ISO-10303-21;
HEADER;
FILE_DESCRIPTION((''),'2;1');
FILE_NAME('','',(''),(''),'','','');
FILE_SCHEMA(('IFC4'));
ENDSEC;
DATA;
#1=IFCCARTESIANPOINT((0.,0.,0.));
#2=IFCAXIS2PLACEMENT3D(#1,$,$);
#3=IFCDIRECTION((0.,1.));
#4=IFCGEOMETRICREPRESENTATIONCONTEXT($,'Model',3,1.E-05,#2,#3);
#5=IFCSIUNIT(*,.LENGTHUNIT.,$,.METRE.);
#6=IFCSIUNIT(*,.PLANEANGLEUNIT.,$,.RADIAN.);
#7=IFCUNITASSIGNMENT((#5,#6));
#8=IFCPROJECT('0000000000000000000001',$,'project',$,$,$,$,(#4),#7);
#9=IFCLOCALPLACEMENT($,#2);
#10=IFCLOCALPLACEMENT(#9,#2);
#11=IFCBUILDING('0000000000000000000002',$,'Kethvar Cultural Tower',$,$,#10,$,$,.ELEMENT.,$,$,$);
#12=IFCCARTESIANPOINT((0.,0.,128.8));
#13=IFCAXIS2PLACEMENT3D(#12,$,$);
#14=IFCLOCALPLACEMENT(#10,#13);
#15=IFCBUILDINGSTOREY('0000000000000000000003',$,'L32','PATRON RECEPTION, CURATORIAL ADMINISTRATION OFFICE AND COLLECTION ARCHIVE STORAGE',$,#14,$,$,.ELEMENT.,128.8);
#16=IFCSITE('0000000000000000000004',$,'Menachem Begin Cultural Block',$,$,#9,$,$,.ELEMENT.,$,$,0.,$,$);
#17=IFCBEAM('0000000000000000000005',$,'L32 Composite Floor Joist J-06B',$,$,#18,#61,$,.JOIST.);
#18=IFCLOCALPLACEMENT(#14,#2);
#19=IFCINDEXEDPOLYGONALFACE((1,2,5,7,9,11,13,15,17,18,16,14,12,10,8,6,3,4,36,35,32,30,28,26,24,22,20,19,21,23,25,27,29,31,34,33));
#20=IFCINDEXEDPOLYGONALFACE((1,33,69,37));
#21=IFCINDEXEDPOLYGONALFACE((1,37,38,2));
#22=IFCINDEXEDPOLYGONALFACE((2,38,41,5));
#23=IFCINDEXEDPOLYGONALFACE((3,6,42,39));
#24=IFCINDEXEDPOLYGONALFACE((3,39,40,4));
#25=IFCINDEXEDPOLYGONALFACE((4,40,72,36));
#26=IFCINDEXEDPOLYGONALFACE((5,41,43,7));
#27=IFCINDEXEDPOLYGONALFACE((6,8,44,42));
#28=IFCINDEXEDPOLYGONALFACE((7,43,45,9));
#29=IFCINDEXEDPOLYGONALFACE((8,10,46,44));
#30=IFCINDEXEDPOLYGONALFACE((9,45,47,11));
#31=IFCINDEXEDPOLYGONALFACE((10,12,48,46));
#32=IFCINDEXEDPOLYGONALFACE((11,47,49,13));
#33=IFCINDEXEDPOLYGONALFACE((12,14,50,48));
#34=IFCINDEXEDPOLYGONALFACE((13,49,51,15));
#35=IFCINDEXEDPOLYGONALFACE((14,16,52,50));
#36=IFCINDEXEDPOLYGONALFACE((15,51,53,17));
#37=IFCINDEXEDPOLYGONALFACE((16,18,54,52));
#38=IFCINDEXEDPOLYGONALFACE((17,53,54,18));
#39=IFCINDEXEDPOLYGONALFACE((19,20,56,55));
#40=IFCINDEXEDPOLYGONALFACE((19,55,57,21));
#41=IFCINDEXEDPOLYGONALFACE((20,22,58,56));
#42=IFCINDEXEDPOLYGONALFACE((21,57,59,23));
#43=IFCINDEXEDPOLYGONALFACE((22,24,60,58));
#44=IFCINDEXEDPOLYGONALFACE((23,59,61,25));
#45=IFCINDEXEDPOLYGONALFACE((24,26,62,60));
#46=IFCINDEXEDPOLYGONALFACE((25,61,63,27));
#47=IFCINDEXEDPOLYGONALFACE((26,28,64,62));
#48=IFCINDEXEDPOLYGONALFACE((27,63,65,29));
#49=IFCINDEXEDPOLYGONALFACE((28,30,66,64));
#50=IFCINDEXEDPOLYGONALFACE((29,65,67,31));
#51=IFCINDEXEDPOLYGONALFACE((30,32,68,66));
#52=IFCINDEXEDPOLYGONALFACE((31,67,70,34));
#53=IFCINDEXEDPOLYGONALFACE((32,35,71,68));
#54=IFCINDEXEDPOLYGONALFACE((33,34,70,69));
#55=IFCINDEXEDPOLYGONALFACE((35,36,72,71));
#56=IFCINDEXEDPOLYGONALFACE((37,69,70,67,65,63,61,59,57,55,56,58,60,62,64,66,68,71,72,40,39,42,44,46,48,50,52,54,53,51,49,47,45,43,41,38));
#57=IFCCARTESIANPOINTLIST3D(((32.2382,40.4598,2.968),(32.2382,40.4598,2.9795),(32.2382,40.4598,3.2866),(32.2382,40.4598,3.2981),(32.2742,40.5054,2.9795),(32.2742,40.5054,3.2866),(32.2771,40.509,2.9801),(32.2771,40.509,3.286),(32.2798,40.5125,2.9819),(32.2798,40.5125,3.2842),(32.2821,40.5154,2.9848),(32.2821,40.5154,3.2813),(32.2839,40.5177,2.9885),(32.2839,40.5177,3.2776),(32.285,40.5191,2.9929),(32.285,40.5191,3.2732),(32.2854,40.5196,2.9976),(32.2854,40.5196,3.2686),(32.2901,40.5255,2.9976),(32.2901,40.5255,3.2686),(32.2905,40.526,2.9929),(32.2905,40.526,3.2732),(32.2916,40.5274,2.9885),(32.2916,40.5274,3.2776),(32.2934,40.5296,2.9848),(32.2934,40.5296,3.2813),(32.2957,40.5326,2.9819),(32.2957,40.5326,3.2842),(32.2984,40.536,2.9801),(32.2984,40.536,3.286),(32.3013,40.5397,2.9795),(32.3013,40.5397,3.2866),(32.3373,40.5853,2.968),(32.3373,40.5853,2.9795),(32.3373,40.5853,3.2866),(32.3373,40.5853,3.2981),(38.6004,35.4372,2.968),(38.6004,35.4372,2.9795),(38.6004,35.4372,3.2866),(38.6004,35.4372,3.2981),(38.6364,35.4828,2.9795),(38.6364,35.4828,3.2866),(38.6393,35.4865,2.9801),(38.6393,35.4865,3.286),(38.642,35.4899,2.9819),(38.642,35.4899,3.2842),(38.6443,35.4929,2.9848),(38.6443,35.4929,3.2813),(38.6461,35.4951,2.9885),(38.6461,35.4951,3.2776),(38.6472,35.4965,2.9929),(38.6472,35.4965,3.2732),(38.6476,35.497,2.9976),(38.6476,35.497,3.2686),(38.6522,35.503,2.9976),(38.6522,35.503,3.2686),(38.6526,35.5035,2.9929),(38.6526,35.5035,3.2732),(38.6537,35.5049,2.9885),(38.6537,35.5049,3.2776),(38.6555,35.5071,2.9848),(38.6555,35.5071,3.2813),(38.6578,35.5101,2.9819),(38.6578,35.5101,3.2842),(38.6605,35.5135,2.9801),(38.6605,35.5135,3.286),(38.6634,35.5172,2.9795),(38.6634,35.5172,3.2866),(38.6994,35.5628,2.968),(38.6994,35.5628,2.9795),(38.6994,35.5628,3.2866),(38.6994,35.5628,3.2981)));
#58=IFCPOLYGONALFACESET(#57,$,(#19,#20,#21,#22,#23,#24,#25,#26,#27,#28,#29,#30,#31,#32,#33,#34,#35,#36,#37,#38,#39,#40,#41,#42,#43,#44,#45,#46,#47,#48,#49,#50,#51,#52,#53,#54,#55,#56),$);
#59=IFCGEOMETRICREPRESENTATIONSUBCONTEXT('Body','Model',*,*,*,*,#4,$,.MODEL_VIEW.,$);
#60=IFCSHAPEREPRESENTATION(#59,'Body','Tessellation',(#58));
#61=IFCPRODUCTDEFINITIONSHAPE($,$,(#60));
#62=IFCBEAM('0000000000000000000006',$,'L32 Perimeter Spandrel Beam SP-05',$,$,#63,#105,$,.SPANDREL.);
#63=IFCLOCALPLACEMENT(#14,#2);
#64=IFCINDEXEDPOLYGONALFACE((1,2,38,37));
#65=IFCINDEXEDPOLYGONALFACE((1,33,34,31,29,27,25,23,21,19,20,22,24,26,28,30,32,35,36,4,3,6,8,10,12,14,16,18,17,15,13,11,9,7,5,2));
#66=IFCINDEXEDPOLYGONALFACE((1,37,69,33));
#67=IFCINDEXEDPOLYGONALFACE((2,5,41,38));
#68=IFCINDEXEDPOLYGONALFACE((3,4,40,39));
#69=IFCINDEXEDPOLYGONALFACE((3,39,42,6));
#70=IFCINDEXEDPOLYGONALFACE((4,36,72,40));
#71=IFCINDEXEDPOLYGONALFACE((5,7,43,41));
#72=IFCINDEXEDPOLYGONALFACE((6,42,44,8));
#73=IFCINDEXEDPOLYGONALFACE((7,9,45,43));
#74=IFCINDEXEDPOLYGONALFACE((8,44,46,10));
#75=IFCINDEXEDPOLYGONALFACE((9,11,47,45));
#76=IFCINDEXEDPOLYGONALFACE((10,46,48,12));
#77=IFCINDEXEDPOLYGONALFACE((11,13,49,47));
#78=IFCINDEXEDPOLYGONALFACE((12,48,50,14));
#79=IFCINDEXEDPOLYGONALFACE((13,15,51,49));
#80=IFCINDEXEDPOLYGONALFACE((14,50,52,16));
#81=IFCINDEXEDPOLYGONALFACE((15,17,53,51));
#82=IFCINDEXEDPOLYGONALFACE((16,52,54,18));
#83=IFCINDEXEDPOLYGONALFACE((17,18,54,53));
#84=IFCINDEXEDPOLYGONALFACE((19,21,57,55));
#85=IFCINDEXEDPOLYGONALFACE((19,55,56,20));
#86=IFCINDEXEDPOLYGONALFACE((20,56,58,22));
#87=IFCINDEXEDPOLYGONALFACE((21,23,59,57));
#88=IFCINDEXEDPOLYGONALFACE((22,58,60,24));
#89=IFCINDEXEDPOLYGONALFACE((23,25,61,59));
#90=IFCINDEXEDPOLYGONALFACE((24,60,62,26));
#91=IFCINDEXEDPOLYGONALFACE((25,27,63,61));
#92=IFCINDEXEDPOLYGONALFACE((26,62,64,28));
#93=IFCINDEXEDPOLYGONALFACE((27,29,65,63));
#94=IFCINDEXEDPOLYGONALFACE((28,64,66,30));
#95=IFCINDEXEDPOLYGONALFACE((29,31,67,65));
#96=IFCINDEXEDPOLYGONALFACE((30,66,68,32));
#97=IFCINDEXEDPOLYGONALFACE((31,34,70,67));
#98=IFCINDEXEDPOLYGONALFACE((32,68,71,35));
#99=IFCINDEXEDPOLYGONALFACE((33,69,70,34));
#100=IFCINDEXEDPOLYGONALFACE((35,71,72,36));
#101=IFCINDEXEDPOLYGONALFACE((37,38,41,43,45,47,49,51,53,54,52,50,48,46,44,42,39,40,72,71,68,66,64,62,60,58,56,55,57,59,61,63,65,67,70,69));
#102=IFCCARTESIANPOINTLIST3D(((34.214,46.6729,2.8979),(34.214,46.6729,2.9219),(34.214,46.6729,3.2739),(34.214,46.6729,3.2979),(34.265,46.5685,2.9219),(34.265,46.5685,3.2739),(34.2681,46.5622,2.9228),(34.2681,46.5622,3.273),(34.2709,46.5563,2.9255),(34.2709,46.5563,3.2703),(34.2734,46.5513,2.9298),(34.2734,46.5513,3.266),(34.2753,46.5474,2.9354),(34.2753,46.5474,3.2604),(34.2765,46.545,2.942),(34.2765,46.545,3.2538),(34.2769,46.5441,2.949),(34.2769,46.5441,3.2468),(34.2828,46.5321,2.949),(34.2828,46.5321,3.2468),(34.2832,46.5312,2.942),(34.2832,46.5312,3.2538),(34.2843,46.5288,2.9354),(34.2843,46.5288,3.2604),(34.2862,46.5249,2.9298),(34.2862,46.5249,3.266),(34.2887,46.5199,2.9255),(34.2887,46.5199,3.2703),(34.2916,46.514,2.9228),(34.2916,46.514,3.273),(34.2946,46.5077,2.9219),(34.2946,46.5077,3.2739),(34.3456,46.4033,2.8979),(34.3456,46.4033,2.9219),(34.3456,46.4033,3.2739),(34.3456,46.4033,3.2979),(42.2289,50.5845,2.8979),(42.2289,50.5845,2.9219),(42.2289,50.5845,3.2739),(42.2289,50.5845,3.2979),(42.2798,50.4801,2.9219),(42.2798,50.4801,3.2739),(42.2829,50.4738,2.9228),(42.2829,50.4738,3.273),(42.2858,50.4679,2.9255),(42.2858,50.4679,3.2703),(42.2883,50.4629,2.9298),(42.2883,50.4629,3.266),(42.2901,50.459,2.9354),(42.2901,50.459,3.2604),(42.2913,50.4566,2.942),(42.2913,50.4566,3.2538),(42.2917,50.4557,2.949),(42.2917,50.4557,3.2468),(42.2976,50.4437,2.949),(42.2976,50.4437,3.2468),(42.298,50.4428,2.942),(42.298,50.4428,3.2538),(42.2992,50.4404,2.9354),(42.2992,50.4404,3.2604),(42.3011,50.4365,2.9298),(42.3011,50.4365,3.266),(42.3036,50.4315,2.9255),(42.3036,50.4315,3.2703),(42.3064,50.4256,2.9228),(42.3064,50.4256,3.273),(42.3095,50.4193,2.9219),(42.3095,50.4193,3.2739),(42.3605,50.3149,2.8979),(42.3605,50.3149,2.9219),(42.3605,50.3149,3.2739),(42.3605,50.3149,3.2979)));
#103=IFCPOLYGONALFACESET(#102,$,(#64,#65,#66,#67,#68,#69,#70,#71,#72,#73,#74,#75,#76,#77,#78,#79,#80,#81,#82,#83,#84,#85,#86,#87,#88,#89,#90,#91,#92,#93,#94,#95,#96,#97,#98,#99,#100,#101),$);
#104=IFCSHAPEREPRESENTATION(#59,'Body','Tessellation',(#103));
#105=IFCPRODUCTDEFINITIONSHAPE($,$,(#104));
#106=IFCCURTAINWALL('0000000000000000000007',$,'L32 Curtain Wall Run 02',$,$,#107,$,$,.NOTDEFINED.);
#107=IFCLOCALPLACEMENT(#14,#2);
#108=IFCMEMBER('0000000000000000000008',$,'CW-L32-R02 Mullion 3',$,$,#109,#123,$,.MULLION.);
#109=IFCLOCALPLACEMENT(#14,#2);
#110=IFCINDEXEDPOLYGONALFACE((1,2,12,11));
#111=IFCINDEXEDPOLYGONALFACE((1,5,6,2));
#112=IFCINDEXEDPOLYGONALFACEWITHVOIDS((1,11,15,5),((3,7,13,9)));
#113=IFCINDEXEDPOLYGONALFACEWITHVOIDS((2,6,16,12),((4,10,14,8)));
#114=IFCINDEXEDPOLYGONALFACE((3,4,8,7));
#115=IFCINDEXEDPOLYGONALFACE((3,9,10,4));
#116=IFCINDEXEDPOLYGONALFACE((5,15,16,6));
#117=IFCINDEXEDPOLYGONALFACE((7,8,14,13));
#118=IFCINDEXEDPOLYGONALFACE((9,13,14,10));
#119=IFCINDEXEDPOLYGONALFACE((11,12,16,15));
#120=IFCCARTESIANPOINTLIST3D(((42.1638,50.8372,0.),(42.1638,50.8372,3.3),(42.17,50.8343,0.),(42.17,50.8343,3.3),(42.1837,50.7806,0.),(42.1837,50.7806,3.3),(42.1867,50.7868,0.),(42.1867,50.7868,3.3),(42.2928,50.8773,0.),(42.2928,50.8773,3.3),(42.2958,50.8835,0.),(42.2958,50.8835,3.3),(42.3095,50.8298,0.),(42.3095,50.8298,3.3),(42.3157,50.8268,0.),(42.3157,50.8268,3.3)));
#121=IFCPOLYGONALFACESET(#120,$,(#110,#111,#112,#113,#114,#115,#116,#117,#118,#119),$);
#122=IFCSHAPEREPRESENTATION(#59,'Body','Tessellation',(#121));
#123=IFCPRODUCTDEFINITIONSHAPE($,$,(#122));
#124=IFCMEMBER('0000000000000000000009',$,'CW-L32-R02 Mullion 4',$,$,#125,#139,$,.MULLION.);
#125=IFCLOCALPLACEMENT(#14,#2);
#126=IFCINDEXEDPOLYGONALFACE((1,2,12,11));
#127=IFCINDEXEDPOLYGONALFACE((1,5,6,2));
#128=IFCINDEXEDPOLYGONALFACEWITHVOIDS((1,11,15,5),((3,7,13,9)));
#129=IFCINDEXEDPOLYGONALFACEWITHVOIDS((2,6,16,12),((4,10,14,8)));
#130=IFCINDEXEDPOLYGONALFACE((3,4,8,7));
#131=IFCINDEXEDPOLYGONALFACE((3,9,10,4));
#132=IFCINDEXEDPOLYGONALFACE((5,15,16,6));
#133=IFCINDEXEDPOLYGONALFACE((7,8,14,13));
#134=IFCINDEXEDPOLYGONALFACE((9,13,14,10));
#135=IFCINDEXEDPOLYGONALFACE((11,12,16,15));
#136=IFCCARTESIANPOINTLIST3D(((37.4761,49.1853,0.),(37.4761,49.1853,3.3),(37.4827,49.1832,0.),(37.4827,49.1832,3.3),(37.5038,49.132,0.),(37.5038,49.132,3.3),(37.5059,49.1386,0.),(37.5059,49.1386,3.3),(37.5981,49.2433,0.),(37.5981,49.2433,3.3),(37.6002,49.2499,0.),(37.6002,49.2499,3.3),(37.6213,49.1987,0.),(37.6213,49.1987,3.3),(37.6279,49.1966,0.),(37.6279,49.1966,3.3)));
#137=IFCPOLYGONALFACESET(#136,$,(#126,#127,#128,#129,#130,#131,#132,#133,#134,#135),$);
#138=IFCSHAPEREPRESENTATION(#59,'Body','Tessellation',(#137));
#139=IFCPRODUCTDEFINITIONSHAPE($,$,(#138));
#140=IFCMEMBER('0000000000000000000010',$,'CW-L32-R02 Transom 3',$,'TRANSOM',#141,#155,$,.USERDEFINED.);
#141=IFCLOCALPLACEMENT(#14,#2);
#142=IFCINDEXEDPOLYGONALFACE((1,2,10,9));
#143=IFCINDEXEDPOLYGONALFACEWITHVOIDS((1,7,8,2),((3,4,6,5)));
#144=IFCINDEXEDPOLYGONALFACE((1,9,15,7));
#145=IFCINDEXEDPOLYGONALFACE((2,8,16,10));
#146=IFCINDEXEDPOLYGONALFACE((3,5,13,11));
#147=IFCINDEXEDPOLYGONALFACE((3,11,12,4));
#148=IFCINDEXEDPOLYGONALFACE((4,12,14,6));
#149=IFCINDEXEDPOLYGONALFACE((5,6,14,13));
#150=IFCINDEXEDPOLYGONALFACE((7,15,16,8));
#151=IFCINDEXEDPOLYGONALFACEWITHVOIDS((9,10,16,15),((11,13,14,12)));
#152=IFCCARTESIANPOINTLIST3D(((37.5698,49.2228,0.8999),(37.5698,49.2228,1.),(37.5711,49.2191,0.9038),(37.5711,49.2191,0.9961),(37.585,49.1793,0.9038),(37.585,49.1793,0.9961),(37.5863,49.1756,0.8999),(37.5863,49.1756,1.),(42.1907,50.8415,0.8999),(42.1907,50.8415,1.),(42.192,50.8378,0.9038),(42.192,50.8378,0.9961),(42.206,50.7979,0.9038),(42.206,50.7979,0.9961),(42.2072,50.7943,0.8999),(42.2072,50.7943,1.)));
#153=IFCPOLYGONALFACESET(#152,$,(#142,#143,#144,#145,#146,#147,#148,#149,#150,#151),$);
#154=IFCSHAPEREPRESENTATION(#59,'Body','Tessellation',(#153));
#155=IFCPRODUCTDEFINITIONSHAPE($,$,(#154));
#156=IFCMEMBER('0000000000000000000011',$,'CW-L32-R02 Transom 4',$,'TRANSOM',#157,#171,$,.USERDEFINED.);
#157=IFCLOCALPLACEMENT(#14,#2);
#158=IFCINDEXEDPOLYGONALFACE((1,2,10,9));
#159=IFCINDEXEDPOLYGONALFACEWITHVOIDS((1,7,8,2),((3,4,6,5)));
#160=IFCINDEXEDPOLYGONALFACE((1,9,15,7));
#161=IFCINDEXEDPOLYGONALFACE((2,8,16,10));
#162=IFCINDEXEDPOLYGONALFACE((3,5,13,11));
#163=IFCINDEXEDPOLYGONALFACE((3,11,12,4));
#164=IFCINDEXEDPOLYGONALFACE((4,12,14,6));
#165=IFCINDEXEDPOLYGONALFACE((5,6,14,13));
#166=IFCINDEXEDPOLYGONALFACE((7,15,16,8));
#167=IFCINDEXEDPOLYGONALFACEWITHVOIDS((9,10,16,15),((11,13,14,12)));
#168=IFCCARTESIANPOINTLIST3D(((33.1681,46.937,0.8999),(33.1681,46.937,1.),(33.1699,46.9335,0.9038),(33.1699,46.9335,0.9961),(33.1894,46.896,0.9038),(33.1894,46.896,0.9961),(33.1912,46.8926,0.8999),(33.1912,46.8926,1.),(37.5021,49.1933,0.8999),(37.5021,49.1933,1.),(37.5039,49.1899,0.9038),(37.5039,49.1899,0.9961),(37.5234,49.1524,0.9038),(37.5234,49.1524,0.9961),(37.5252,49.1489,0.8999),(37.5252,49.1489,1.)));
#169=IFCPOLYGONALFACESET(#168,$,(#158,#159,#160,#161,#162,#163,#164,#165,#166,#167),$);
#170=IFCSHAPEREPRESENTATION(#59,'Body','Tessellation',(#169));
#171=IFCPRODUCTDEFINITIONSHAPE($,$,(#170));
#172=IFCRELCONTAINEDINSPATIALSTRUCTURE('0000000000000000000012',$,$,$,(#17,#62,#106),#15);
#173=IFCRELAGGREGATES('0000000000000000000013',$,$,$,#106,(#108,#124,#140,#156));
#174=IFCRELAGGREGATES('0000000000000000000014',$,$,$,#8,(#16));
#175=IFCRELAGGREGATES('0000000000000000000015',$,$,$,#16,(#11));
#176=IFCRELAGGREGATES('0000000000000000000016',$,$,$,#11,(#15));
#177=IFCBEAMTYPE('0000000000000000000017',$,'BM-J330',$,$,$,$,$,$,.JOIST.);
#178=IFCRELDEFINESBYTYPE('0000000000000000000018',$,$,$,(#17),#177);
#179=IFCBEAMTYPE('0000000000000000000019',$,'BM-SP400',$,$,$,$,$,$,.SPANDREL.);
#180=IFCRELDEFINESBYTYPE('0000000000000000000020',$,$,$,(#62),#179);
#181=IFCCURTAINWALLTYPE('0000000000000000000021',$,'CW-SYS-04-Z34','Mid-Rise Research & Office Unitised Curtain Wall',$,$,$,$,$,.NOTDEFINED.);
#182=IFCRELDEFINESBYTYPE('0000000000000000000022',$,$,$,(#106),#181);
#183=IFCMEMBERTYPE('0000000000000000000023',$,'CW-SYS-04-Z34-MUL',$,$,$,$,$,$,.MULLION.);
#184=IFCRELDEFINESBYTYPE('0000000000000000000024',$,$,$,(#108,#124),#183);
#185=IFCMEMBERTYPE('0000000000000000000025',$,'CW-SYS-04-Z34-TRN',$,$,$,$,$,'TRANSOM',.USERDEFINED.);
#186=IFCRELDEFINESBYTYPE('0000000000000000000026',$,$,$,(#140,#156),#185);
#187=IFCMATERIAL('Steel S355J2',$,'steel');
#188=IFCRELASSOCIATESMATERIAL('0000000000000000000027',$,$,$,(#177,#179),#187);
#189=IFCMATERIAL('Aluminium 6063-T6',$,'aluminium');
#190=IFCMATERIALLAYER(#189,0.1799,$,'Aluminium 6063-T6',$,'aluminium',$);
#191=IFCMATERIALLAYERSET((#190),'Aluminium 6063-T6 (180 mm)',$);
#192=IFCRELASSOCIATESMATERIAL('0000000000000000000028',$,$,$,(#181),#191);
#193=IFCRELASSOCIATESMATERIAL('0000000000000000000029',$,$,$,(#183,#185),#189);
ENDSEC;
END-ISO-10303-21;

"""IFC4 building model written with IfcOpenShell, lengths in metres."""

from ifc_helpers import new_model, si_unit, direction, frame, origin, origin_2d, place, context, subcontext, project, spatial, hollow_rectangle, i_section, extrude, source, transform, mapped, material, layer, layer_set, material_profile, profile_set, type_object, element, aggregate, save


model = new_model("IFC4")

# Units and contexts
model_context = context("Model", 3, precision=1e-05, world=origin(), true_north=direction((0.0, 1.0)))
body_context = subcontext(model_context, "Body", "Model", "MODEL_VIEW")
ifc_project = project(units=[si_unit("LENGTHUNIT", "METRE"), si_unit("PLANEANGLEUNIT", "RADIAN")], contexts=[model_context])

# Site, building, storey
site_placement = place(None, origin())
site = spatial("IfcSite", under=ifc_project, at=site_placement, Name="Menachem Begin Cultural Block", CompositionType="ELEMENT", RefElevation=0.0)
building_placement = place(site_placement, origin())
building = spatial("IfcBuilding", under=site, at=building_placement, Name="Kethvar Cultural Tower", CompositionType="ELEMENT")
storey_placement = place(building_placement, frame((0.0, 0.0, 128.8)))
storey = spatial("IfcBuildingStorey", under=building, at=storey_placement, Name="L32", Description="PATRON RECEPTION, CURATORIAL ADMINISTRATION OFFICE AND COLLECTION ARCHIVE STORAGE", CompositionType="ELEMENT", Elevation=128.8)

# Beams
ifc_material_1 = material(Name="Steel S355J2", Category="steel")
ifc_material_profile_1 = material_profile(ifc_material_1, i_section(OverallWidth=0.1599, OverallDepth=0.3301, WebThickness=0.0076, FlangeThickness=0.0115, FilletRadius=0.0181, at=origin_2d()), Name="Steel S355J2 — IPE330")
ifc_profile_set_1 = profile_set([ifc_material_profile_1], Name="Steel S355J2 — IPE330")
beam_type_1 = type_object("IfcBeamType", Name="BM-J330", PredefinedType="JOIST", material=ifc_profile_set_1)
shared_shape_1 = source(origin(), body_context, "Body", "SweptSolid", [
    extrude(i_section(OverallWidth=0.1599, OverallDepth=0.3301, WebThickness=0.0076, FlangeThickness=0.0115, FilletRadius=0.0181, at=origin_2d()), origin(), (0.0, 0.0, 1.0), 8.1057),
])
beam_1_placement = place(storey_placement, frame((38.6499, 35.5, 3.1331), z_axis=(-0.784896, 0.619628, 0.0), x_axis=(-0.619628, -0.784896, 0.0)))
element("IfcBeam", 1, at=beam_1_placement, inside=storey, type_object=beam_type_1, Name="L32 Composite Floor Joist J-06B", PredefinedType="JOIST", context=body_context, shape_type="MappedRepresentation", body=[
    mapped(shared_shape_1, transform((0.0, 0.0, 0.0), scale=1.0)),
])
ifc_material_profile_2 = material_profile(ifc_material_1, i_section(OverallWidth=0.3, OverallDepth=0.3999, WebThickness=0.0134, FlangeThickness=0.0239, FilletRadius=0.0271, at=origin_2d()), Name="Steel S355J2 — HEB400")
ifc_profile_set_2 = profile_set([ifc_material_profile_2], Name="Steel S355J2 — HEB400")
beam_type_2 = type_object("IfcBeamType", Name="BM-SP400", PredefinedType="SPANDREL", material=ifc_profile_set_2)
shared_shape_2 = source(origin(), body_context, "Body", "SweptSolid", [
    extrude(i_section(OverallWidth=0.3, OverallDepth=0.3999, WebThickness=0.0134, FlangeThickness=0.0239, FilletRadius=0.0271, at=origin_2d()), origin(), (0.0, 0.0, 1.0), 8.9185),
])
beam_2_placement = place(storey_placement, frame((42.2947, 50.4497, 3.0979), z_axis=(-0.898684, -0.438597, 0.0), x_axis=(0.438597, -0.898684, 0.0)))
element("IfcBeam", 2, at=beam_2_placement, inside=storey, type_object=beam_type_2, Name="L32 Perimeter Spandrel Beam SP-05", PredefinedType="SPANDREL", context=body_context, shape_type="MappedRepresentation", body=[
    mapped(shared_shape_2, transform((0.0, 0.0, 0.0), scale=1.0)),
])

# Curtain wall, members
ifc_material_2 = material(Name="Aluminium 6063-T6", Category="aluminium")
ifc_layer_1 = layer(ifc_material_2, 0.1799, Name="Aluminium 6063-T6", Category="aluminium")
ifc_layer_set_1 = layer_set([ifc_layer_1], Name="Aluminium 6063-T6 (180 mm)")
curtain_wall_type = type_object("IfcCurtainWallType", Name="CW-SYS-04-Z34", Description="Mid-Rise Research & Office Unitised Curtain Wall", PredefinedType="NOTDEFINED", material=ifc_layer_set_1)
curtain_wall_placement = place(storey_placement, origin())
curtain_wall = element("IfcCurtainWall", 3, at=curtain_wall_placement, inside=storey, type_object=curtain_wall_type, Name="L32 Curtain Wall Run 02", PredefinedType="NOTDEFINED")
ifc_material_profile_3 = material_profile(ifc_material_2, hollow_rectangle(XDim=0.0601, YDim=0.1399, WallThickness=0.0049, at=origin_2d()), Name="Aluminium 6063-T6 — RHS140x60x5")
ifc_profile_set_3 = profile_set([ifc_material_profile_3], Name="Aluminium 6063-T6 — RHS140x60x5")
member_type_1 = type_object("IfcMemberType", Name="CW-SYS-04-Z34-MUL", PredefinedType="MULLION", material=ifc_profile_set_3)
shared_shape_3 = source(origin(), body_context, "Body", "SweptSolid", [
    extrude(hollow_rectangle(XDim=0.0601, YDim=0.1399, WallThickness=0.0049, at=origin_2d()), origin(), (0.0, 0.0, 1.0), 3.3),
])
member_1_placement = place(storey_placement, frame((42.2397, 50.832, 0.0), z_axis=(0.0, 0.0, 1.0), x_axis=(0.330613, -0.943766, 0.0)))
member_1 = element("IfcMember", 4, at=member_1_placement, type_object=member_type_1, Name="CW-L32-R02 Mullion 3", PredefinedType="MULLION", context=body_context, shape_type="MappedRepresentation", body=[
    mapped(shared_shape_3, transform((0.0, 0.0, 0.0), scale=1.0)),
])
member_2_placement = place(storey_placement, frame((37.552, 49.1909, 0.0), z_axis=(0.0, 0.0, 1.0), x_axis=(0.46178, -0.886995, 0.0)))
member_2 = element("IfcMember", 5, at=member_2_placement, type_object=member_type_1, Name="CW-L32-R02 Mullion 4", PredefinedType="MULLION", context=body_context, shape_type="MappedRepresentation", body=[
    mapped(shared_shape_3, transform((0.0, 0.0, 0.0), scale=1.0)),
])
ifc_material_profile_4 = material_profile(ifc_material_2, hollow_rectangle(XDim=0.05, YDim=0.1001, WallThickness=0.0039, at=origin_2d()), Name="Aluminium 6063-T6 — RHS100x50x4")
ifc_profile_set_4 = profile_set([ifc_material_profile_4], Name="Aluminium 6063-T6 — RHS100x50x4")
member_type_2 = type_object("IfcMemberType", Name="CW-SYS-04-Z34-TRN", ElementType="TRANSOM", PredefinedType="USERDEFINED", material=ifc_profile_set_4)
shared_shape_4 = source(origin(), body_context, "Body", "SweptSolid", [
    extrude(hollow_rectangle(XDim=0.05, YDim=0.1001, WallThickness=0.0039, at=origin_2d()), origin(), (0.0, 0.0, 1.0), 4.8962),
])
member_3_placement = place(storey_placement, frame((42.199, 50.8179, 0.95), z_axis=(-0.943772, -0.330597, 0.0), x_axis=(0.330597, -0.943772, 0.0)))
member_3 = element("IfcMember", 6, at=member_3_placement, type_object=member_type_2, Name="CW-L32-R02 Transom 3", ObjectType="TRANSOM", PredefinedType="USERDEFINED", context=body_context, shape_type="MappedRepresentation", body=[
    mapped(shared_shape_4, transform((0.0, 0.0, 0.0), scale=1.0)),
])
shared_shape_5 = source(origin(), body_context, "Body", "SweptSolid", [
    extrude(hollow_rectangle(XDim=0.05, YDim=0.1001, WallThickness=0.0039, at=origin_2d()), origin(), (0.0, 0.0, 1.0), 4.8862),
])
member_4_placement = place(storey_placement, frame((37.5137, 49.1711, 0.95), z_axis=(-0.886993, -0.461784, 0.0), x_axis=(0.461784, -0.886993, 0.0)))
member_4 = element("IfcMember", 7, at=member_4_placement, type_object=member_type_2, Name="CW-L32-R02 Transom 4", ObjectType="TRANSOM", PredefinedType="USERDEFINED", context=body_context, shape_type="MappedRepresentation", body=[
    mapped(shared_shape_5, transform((0.0, 0.0, 0.0), scale=1.0)),
])
aggregate(curtain_wall, [member_1, member_2, member_3, member_4])

save(model, "model.ifc")
